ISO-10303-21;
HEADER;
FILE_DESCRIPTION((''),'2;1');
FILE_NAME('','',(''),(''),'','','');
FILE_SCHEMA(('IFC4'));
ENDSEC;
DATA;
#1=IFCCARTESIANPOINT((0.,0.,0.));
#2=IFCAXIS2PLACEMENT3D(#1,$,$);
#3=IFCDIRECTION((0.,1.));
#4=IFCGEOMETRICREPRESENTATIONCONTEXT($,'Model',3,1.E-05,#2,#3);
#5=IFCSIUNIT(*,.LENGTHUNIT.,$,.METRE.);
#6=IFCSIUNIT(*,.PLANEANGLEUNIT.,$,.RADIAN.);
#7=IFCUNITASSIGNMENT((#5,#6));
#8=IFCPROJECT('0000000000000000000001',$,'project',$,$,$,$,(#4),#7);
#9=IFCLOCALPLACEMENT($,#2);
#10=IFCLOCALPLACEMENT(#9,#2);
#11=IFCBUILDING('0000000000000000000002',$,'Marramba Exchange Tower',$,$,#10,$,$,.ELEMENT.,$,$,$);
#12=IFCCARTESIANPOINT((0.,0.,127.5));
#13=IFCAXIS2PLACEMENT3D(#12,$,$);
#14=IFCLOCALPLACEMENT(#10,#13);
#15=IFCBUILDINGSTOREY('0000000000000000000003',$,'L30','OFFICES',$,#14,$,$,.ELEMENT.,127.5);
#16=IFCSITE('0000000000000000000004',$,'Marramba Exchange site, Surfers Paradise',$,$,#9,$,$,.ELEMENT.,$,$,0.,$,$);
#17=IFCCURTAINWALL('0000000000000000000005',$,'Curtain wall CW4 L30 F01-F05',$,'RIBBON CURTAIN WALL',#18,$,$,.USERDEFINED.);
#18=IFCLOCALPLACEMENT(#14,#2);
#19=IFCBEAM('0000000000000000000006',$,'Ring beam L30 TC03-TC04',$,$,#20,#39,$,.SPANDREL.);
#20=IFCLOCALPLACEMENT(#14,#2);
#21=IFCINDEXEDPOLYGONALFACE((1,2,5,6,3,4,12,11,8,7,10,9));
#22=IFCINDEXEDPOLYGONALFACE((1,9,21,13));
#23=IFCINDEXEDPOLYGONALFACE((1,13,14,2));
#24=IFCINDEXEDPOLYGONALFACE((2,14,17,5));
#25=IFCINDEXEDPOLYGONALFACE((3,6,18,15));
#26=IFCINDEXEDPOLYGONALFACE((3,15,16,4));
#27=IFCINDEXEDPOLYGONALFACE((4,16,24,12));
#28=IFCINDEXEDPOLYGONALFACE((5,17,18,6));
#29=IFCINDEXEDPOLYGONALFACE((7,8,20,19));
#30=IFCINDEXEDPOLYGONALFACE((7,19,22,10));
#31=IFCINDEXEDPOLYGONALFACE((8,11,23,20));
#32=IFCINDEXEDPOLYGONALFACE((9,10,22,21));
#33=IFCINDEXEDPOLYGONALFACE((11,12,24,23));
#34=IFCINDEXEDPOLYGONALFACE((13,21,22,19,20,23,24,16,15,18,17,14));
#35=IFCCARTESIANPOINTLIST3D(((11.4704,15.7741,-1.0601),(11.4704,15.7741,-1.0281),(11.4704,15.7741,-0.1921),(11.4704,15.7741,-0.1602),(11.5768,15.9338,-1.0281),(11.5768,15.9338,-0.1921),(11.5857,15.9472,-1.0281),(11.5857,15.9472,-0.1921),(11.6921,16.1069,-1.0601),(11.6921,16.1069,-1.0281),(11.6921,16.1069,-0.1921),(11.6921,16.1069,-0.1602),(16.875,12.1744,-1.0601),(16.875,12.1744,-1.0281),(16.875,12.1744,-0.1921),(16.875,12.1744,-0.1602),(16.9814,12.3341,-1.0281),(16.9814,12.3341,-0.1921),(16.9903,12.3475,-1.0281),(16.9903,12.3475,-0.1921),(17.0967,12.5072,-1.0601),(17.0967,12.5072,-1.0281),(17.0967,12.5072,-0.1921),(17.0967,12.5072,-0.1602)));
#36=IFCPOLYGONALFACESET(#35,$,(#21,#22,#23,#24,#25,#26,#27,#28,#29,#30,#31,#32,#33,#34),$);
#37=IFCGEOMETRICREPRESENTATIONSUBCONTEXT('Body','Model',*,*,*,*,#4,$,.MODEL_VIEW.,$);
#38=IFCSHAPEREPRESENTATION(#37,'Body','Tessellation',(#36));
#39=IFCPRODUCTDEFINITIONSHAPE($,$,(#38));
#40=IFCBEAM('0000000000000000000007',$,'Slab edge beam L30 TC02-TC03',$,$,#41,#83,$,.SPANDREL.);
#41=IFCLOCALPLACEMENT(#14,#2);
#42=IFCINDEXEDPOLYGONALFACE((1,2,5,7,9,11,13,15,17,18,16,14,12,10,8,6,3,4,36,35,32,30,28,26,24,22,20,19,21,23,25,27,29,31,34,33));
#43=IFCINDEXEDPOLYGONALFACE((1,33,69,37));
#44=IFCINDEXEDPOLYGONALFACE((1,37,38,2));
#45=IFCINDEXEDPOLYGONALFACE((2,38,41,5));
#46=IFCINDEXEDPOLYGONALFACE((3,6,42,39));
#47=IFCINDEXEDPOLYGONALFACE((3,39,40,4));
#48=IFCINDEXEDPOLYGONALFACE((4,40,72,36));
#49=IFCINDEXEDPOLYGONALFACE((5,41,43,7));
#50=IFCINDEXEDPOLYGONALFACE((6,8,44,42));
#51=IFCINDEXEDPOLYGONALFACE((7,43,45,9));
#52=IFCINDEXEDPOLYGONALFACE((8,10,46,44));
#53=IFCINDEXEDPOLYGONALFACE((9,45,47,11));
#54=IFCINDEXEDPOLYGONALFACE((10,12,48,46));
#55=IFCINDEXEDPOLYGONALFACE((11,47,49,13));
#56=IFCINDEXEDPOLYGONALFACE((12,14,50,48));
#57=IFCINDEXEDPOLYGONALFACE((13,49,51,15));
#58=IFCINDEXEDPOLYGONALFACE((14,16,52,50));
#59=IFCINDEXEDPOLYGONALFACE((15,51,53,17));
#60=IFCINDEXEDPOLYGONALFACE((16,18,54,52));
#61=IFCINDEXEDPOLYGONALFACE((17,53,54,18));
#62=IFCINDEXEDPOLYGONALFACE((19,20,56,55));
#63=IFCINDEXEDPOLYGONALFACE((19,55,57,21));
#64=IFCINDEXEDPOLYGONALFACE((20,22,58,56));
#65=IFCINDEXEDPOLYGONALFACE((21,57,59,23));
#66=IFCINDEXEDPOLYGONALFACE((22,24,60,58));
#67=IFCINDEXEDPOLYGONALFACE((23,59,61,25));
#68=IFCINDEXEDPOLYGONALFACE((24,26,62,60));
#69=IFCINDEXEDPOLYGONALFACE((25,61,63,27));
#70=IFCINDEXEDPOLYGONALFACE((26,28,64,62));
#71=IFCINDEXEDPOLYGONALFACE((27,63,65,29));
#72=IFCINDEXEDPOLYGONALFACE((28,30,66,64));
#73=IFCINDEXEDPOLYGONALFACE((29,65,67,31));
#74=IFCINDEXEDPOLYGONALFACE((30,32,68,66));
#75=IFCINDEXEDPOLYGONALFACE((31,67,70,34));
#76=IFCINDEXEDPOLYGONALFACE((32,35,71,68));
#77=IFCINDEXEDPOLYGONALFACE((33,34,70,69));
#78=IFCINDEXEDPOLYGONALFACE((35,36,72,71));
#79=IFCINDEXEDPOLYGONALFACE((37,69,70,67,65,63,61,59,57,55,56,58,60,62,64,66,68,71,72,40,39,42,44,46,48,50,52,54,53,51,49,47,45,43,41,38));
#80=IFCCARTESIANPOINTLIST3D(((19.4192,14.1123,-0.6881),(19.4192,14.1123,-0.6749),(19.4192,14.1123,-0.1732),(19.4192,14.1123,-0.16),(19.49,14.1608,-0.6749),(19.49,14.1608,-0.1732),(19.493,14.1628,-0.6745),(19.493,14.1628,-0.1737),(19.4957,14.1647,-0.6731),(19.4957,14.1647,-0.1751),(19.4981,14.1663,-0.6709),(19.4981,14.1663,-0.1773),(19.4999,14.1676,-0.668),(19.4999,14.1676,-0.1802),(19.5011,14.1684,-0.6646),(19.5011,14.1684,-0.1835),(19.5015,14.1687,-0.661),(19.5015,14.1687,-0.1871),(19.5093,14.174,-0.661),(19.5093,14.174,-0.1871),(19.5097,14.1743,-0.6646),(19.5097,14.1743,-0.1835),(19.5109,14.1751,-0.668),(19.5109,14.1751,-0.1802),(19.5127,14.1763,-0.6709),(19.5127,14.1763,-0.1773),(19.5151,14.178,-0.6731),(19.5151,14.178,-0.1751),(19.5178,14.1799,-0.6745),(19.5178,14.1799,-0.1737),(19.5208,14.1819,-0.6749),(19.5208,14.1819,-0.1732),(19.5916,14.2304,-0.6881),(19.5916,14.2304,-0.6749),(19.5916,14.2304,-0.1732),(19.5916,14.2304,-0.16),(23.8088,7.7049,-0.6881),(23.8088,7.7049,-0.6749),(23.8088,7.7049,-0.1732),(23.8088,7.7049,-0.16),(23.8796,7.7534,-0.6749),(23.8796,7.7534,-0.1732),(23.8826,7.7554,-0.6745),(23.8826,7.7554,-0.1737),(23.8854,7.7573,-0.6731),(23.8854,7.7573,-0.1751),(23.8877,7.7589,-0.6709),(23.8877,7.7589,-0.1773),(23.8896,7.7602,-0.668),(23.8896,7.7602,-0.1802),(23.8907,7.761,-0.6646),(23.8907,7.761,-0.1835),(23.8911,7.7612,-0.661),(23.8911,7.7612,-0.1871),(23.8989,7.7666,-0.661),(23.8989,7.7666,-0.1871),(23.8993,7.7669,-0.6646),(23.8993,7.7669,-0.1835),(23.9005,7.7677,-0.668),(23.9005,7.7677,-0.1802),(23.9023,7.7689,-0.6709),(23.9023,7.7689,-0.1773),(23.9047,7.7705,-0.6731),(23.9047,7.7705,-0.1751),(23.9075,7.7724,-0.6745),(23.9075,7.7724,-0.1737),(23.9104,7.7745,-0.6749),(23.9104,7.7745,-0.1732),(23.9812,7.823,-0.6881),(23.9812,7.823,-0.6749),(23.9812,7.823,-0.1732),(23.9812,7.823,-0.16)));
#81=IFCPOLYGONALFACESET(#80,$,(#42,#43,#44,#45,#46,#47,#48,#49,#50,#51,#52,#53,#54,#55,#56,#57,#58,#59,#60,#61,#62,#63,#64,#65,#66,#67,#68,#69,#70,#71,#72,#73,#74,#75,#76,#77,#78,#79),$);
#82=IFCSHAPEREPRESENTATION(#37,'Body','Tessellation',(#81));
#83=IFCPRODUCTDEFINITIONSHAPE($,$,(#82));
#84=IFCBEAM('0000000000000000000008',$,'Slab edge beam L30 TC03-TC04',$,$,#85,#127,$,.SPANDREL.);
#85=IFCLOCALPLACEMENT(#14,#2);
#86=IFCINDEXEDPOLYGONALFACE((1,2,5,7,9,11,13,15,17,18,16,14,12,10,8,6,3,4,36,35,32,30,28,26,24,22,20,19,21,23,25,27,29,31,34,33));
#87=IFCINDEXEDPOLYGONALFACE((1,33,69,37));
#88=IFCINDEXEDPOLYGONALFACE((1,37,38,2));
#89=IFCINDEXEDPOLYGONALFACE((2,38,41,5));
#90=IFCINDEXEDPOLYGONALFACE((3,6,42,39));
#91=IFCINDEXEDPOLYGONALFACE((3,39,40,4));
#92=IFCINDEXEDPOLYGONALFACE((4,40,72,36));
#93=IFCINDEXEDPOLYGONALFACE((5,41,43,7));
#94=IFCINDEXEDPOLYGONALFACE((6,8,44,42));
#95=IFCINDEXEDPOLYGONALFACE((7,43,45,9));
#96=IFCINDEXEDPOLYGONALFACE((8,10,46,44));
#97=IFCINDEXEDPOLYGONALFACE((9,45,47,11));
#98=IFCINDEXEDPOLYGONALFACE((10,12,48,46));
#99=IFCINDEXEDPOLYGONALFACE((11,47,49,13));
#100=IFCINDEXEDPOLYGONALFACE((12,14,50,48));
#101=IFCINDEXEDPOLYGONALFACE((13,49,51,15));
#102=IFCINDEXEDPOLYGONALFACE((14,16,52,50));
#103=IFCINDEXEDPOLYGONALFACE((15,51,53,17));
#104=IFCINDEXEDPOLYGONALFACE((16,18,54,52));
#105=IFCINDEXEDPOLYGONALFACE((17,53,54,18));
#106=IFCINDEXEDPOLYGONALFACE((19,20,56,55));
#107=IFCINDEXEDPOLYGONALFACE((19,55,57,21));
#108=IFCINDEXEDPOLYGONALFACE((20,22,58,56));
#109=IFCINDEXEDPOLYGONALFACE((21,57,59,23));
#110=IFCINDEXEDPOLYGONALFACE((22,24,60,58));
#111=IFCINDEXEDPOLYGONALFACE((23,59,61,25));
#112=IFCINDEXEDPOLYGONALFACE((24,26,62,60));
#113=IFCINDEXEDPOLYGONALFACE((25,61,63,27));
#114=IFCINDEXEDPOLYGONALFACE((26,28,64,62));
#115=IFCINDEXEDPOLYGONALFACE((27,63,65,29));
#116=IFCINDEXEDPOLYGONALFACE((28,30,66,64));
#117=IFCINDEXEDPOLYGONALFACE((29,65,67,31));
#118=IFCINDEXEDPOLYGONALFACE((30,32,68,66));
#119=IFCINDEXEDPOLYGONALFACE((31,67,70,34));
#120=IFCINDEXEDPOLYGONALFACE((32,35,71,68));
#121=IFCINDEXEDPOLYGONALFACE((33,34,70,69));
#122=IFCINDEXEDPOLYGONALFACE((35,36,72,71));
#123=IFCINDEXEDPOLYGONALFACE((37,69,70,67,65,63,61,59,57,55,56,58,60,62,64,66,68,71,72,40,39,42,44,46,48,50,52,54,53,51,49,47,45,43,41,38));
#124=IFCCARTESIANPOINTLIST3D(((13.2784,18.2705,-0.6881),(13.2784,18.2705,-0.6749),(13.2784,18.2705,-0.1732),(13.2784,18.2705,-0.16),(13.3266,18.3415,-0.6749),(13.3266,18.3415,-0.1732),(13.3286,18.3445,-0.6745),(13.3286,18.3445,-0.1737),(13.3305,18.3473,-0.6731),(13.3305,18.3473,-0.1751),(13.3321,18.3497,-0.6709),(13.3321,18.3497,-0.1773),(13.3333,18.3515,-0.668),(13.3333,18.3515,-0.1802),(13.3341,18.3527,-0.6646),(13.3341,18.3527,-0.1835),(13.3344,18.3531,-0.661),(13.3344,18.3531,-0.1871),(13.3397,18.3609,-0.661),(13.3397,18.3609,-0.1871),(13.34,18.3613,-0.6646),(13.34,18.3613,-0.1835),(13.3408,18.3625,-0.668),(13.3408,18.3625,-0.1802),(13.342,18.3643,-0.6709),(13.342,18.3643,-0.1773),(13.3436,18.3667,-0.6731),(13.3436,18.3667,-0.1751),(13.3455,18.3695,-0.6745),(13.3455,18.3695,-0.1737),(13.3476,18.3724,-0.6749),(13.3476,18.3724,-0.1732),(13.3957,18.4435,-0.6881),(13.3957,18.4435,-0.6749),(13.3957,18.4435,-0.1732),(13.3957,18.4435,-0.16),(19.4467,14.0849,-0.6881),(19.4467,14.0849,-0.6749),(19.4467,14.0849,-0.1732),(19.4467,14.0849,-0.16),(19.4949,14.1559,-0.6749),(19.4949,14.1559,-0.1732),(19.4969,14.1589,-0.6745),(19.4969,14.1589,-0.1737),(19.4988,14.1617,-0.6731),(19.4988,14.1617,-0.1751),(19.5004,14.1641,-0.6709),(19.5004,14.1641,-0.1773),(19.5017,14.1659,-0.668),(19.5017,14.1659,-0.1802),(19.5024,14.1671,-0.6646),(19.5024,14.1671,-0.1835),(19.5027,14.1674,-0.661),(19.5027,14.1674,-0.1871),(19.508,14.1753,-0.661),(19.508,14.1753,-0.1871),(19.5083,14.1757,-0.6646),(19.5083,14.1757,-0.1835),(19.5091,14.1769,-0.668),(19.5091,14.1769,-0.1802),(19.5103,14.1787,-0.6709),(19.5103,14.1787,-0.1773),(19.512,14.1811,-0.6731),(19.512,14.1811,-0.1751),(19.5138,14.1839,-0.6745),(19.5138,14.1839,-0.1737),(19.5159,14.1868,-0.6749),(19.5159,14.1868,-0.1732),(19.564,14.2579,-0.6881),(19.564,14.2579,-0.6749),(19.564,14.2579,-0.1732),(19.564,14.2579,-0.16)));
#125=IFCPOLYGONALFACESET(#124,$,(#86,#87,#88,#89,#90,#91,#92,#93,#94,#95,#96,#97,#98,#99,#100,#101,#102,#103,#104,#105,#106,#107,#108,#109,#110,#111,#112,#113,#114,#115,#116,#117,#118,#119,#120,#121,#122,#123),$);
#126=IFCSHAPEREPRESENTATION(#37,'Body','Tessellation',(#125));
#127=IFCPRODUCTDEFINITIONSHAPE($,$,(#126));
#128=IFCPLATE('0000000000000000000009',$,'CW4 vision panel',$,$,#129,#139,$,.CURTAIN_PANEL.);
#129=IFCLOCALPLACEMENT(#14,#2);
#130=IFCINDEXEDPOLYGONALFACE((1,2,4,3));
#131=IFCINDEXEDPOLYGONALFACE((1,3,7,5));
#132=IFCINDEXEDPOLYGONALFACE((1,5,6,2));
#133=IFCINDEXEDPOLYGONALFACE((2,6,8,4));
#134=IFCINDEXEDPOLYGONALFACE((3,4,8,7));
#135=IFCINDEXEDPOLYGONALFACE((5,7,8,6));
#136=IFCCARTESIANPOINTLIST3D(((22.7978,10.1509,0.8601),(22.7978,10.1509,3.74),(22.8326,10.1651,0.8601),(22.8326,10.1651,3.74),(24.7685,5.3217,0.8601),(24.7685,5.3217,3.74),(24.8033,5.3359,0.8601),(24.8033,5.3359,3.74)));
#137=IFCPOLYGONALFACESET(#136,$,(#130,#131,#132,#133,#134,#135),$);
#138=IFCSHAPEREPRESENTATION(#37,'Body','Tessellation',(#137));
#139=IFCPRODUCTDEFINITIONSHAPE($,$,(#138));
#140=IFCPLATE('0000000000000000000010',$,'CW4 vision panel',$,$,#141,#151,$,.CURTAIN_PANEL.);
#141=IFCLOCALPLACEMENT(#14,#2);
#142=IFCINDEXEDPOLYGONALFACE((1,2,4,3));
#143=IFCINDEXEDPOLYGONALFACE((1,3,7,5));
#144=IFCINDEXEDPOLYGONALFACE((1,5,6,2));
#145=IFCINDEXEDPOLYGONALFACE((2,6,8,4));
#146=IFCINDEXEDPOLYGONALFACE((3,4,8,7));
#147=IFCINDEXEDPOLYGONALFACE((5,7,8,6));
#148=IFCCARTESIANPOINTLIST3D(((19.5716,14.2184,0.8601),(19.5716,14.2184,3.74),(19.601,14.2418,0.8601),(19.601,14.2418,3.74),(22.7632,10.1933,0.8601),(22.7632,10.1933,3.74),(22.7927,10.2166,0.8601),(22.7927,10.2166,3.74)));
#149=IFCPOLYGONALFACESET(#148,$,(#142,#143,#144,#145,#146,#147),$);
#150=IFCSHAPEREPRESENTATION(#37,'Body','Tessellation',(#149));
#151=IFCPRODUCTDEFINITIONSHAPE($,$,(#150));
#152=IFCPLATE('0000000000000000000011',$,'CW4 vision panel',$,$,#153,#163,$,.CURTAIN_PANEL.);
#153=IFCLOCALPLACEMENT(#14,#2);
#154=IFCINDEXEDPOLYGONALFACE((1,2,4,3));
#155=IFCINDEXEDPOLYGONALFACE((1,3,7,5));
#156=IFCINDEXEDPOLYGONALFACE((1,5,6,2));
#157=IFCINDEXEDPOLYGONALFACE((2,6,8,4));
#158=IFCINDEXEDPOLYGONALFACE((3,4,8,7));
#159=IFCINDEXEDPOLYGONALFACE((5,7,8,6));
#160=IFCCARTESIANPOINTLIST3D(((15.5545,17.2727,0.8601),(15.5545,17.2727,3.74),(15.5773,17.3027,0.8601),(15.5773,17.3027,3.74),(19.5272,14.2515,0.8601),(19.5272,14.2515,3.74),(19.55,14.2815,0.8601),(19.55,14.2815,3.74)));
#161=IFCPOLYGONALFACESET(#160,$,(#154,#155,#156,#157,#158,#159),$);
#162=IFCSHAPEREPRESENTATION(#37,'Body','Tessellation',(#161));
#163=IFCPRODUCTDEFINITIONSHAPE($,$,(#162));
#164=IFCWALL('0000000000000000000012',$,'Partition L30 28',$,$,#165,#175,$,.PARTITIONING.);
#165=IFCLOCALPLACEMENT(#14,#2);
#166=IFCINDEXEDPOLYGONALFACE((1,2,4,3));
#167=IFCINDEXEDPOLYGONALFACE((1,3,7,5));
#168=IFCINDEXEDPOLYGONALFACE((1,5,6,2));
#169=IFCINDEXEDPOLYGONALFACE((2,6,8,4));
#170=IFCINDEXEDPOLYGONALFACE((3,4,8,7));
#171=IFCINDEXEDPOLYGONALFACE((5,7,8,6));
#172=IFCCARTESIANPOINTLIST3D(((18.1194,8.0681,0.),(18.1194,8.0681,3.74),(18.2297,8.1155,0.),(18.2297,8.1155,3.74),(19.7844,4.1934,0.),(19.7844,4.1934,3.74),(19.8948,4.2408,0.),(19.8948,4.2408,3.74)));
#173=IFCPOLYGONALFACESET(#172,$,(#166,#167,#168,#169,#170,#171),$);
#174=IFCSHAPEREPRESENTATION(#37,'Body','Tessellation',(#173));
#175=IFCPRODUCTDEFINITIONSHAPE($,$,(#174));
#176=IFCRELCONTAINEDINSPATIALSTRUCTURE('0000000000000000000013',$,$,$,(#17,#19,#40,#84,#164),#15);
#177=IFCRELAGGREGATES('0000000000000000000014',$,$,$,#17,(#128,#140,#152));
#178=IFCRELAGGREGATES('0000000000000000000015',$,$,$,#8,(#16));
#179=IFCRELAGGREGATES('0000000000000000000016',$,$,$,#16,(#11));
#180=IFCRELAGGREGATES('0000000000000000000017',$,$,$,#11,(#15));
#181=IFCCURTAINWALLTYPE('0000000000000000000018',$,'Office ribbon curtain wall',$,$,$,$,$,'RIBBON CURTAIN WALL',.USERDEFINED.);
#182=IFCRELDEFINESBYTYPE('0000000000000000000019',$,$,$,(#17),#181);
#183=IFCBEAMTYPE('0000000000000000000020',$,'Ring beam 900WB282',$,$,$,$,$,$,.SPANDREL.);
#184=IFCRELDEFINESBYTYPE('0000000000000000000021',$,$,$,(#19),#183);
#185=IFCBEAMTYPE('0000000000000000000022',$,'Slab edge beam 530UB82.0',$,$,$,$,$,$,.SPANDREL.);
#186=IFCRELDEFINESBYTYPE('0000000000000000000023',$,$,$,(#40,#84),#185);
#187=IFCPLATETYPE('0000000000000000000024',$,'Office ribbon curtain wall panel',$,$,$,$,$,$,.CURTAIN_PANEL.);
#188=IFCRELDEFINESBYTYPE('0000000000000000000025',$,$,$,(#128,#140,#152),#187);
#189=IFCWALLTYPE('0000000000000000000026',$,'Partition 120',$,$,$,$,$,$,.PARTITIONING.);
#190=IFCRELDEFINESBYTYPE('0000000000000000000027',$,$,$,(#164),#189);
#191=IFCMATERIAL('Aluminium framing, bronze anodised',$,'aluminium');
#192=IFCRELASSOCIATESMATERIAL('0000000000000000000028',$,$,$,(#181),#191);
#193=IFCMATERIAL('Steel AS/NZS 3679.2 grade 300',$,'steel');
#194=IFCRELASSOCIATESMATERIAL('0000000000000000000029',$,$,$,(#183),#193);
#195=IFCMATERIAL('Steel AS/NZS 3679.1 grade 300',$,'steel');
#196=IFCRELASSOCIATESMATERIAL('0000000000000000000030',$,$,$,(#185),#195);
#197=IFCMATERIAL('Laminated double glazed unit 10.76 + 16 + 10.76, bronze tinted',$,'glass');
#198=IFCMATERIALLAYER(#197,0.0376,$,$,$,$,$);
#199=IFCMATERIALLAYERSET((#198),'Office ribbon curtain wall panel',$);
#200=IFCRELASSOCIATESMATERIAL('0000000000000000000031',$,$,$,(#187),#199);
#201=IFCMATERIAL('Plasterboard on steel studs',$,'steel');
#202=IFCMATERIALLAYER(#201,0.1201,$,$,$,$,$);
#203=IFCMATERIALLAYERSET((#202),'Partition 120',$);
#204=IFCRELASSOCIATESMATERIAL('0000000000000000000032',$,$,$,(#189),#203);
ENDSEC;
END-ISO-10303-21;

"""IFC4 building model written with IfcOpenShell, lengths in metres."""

from ifc_helpers import new_model, si_unit, direction, frame, frame_2d, origin, origin_2d, place, context, subcontext, project, spatial, rectangle, i_section, extrude, material, layer, layer_set, material_profile, profile_set, type_object, element, aggregate, save


model = new_model("IFC4")

# Units and contexts
model_context = context("Model", 3, precision=1e-05, world=origin(), true_north=direction((0.0, 1.0)))
body_context = subcontext(model_context, "Body", "Model", "MODEL_VIEW")
ifc_project = project(units=[si_unit("LENGTHUNIT", "METRE"), si_unit("PLANEANGLEUNIT", "RADIAN")], contexts=[model_context])

# Site, building, storey
site_placement = place(None, origin())
site = spatial("IfcSite", under=ifc_project, at=site_placement, Name="Marramba Exchange site, Surfers Paradise", CompositionType="ELEMENT", RefElevation=0.0)
building_placement = place(site_placement, origin())
building = spatial("IfcBuilding", under=site, at=building_placement, Name="Marramba Exchange Tower", CompositionType="ELEMENT")
storey_placement = place(building_placement, frame((0.0, 0.0, 127.5)))
storey = spatial("IfcBuildingStorey", under=building, at=storey_placement, Name="L30", Description="OFFICES", CompositionType="ELEMENT", Elevation=127.5)

# Shared definitions
ifc_material_1 = material(Name="Steel AS/NZS 3679.2 grade 300", Category="steel")
ifc_material_2 = material(Name="Steel AS/NZS 3679.1 grade 300", Category="steel")

# Curtain wall
ifc_material_3 = material(Name="Aluminium framing, bronze anodised", Category="aluminium")
curtain_wall_type = type_object("IfcCurtainWallType", Name="Office ribbon curtain wall", ElementType="RIBBON CURTAIN WALL", PredefinedType="USERDEFINED", material=ifc_material_3)
curtain_wall_placement = place(storey_placement, origin())
curtain_wall = element("IfcCurtainWall", 1, at=curtain_wall_placement, inside=storey, type_object=curtain_wall_type, Name="Curtain wall CW4 L30 F01-F05", ObjectType="RIBBON CURTAIN WALL", PredefinedType="USERDEFINED")

# Beams
ifc_material_profile_1 = material_profile(ifc_material_1, i_section(OverallWidth=0.3999, OverallDepth=0.8999, WebThickness=0.0161, FlangeThickness=0.032, at=origin_2d()), Name="900WB282")
ifc_profile_set_1 = profile_set([ifc_material_profile_1], Name="Steel AS/NZS 3679.2 grade 300")
beam_type_1 = type_object("IfcBeamType", Name="Ring beam 900WB282", PredefinedType="SPANDREL", material=ifc_profile_set_1)
beam_1_placement = place(storey_placement, frame((16.9858, 12.3408, -0.6101), z_axis=(-0.832293, 0.554336, 0.0), x_axis=(-0.554336, -0.832293, 0.0)))
element("IfcBeam", 2, at=beam_1_placement, inside=storey, type_object=beam_type_1, Name="Ring beam L30 TC03-TC04", PredefinedType="SPANDREL", context=body_context, shape_type="SweptSolid", body=[
    extrude(i_section(OverallWidth=0.3999, OverallDepth=0.8999, WebThickness=0.0161, FlangeThickness=0.032, at=origin_2d()), origin(), (0.0, 0.0, 1.0), 6.4937),
])
ifc_material_profile_2 = material_profile(ifc_material_2, i_section(OverallWidth=0.209, OverallDepth=0.5281, WebThickness=0.0095, FlangeThickness=0.0132, FilletRadius=0.0139, at=origin_2d()), Name="530UB82.0")
ifc_profile_set_2 = profile_set([ifc_material_profile_2], Name="Steel AS/NZS 3679.1 grade 300")
beam_type_2 = type_object("IfcBeamType", Name="Slab edge beam 530UB82.0", PredefinedType="SPANDREL", material=ifc_profile_set_2)
beam_2_placement = place(storey_placement, frame((23.895, 7.7639, -0.4241), z_axis=(-0.565174, 0.824972, 0.0), x_axis=(-0.824972, -0.565174, 0.0)))
element("IfcBeam", 3, at=beam_2_placement, inside=storey, type_object=beam_type_2, Name="Slab edge beam L30 TC02-TC03", PredefinedType="SPANDREL", context=body_context, shape_type="SweptSolid", body=[
    extrude(i_section(OverallWidth=0.209, OverallDepth=0.5281, WebThickness=0.0095, FlangeThickness=0.0132, FilletRadius=0.0139, at=origin_2d()), origin(), (0.0, 0.0, 1.0), 7.7668),
])
beam_3_placement = place(storey_placement, frame((19.5054, 14.1714, -0.4241), z_axis=(-0.827477, 0.561499, 0.0), x_axis=(-0.561499, -0.827477, 0.0)))
element("IfcBeam", 4, at=beam_3_placement, inside=storey, type_object=beam_type_2, Name="Slab edge beam L30 TC03-TC04", PredefinedType="SPANDREL", context=body_context, shape_type="SweptSolid", body=[
    extrude(i_section(OverallWidth=0.209, OverallDepth=0.5281, WebThickness=0.0095, FlangeThickness=0.0132, FilletRadius=0.0139, at=origin_2d()), origin(), (0.0, 0.0, 1.0), 7.4543),
])

# Plates
ifc_material_4 = material(Name="Laminated double glazed unit 10.76 + 16 + 10.76, bronze tinted", Category="glass")
ifc_layer_1 = layer(ifc_material_4, 0.0376)
ifc_layer_set_1 = layer_set([ifc_layer_1], Name="Office ribbon curtain wall panel")
plate_type = type_object("IfcPlateType", Name="Office ribbon curtain wall panel", PredefinedType="CURTAIN_PANEL", material=ifc_layer_set_1)
plate_1_placement = place(storey_placement, frame((23.8005, 7.7434, 0.8601), z_axis=(0.0, 0.0, 1.0), x_axis=(-0.377821, 0.925879, 0.0)))
plate_1 = element("IfcPlate", 5, at=plate_1_placement, type_object=plate_type, Name="CW4 vision panel", PredefinedType="CURTAIN_PANEL", context=body_context, shape_type="SweptSolid", body=[
    extrude(rectangle(XDim=5.2158, YDim=0.0376, at=origin_2d()), origin(), (0.0, 0.0, 1.0), 2.8799),
])
plate_2_placement = place(storey_placement, frame((21.1821, 12.2175, 0.8601), z_axis=(0.0, 0.0, 1.0), x_axis=(-0.621312, 0.783563, 0.0)))
plate_2 = element("IfcPlate", 6, at=plate_2_placement, type_object=plate_type, Name="CW4 vision panel", PredefinedType="CURTAIN_PANEL", context=body_context, shape_type="SweptSolid", body=[
    extrude(rectangle(XDim=5.137, YDim=0.0376, at=origin_2d()), origin(), (0.0, 0.0, 1.0), 2.8799),
])
plate_3_placement = place(storey_placement, frame((17.5522, 15.7771, 0.8601), z_axis=(0.0, 0.0, 1.0), x_axis=(-0.795972, 0.605334, 0.0)))
plate_3 = element("IfcPlate", 7, at=plate_3_placement, type_object=plate_type, Name="CW4 vision panel", PredefinedType="CURTAIN_PANEL", context=body_context, shape_type="SweptSolid", body=[
    extrude(rectangle(XDim=4.991, YDim=0.0376, at=origin_2d()), origin(), (0.0, 0.0, 1.0), 2.8799),
])
aggregate(curtain_wall, [plate_1, plate_2, plate_3])

# Wall
ifc_material_5 = material(Name="Plasterboard on steel studs", Category="steel")
ifc_layer_2 = layer(ifc_material_5, 0.1201)
ifc_layer_set_2 = layer_set([ifc_layer_2], Name="Partition 120")
wall_type_1 = type_object("IfcWallType", Name="Partition 120", PredefinedType="PARTITIONING", material=ifc_layer_set_2)
wall_1_placement = place(storey_placement, frame((18.1746, 8.0918, 0.0), z_axis=(0.0, 0.0, 1.0), x_axis=(0.394806, -0.918764, 0.0)))
element("IfcWall", 8, at=wall_1_placement, inside=storey, type_object=wall_type_1, Name="Partition L30 28", PredefinedType="PARTITIONING", context=body_context, shape_type="SweptSolid", body=[
    extrude(rectangle(XDim=4.2173, YDim=0.1201, at=frame_2d((2.1086, 0.0))), origin(), (0.0, 0.0, 1.0), 3.74),
])

save(model, "model.ifc")
